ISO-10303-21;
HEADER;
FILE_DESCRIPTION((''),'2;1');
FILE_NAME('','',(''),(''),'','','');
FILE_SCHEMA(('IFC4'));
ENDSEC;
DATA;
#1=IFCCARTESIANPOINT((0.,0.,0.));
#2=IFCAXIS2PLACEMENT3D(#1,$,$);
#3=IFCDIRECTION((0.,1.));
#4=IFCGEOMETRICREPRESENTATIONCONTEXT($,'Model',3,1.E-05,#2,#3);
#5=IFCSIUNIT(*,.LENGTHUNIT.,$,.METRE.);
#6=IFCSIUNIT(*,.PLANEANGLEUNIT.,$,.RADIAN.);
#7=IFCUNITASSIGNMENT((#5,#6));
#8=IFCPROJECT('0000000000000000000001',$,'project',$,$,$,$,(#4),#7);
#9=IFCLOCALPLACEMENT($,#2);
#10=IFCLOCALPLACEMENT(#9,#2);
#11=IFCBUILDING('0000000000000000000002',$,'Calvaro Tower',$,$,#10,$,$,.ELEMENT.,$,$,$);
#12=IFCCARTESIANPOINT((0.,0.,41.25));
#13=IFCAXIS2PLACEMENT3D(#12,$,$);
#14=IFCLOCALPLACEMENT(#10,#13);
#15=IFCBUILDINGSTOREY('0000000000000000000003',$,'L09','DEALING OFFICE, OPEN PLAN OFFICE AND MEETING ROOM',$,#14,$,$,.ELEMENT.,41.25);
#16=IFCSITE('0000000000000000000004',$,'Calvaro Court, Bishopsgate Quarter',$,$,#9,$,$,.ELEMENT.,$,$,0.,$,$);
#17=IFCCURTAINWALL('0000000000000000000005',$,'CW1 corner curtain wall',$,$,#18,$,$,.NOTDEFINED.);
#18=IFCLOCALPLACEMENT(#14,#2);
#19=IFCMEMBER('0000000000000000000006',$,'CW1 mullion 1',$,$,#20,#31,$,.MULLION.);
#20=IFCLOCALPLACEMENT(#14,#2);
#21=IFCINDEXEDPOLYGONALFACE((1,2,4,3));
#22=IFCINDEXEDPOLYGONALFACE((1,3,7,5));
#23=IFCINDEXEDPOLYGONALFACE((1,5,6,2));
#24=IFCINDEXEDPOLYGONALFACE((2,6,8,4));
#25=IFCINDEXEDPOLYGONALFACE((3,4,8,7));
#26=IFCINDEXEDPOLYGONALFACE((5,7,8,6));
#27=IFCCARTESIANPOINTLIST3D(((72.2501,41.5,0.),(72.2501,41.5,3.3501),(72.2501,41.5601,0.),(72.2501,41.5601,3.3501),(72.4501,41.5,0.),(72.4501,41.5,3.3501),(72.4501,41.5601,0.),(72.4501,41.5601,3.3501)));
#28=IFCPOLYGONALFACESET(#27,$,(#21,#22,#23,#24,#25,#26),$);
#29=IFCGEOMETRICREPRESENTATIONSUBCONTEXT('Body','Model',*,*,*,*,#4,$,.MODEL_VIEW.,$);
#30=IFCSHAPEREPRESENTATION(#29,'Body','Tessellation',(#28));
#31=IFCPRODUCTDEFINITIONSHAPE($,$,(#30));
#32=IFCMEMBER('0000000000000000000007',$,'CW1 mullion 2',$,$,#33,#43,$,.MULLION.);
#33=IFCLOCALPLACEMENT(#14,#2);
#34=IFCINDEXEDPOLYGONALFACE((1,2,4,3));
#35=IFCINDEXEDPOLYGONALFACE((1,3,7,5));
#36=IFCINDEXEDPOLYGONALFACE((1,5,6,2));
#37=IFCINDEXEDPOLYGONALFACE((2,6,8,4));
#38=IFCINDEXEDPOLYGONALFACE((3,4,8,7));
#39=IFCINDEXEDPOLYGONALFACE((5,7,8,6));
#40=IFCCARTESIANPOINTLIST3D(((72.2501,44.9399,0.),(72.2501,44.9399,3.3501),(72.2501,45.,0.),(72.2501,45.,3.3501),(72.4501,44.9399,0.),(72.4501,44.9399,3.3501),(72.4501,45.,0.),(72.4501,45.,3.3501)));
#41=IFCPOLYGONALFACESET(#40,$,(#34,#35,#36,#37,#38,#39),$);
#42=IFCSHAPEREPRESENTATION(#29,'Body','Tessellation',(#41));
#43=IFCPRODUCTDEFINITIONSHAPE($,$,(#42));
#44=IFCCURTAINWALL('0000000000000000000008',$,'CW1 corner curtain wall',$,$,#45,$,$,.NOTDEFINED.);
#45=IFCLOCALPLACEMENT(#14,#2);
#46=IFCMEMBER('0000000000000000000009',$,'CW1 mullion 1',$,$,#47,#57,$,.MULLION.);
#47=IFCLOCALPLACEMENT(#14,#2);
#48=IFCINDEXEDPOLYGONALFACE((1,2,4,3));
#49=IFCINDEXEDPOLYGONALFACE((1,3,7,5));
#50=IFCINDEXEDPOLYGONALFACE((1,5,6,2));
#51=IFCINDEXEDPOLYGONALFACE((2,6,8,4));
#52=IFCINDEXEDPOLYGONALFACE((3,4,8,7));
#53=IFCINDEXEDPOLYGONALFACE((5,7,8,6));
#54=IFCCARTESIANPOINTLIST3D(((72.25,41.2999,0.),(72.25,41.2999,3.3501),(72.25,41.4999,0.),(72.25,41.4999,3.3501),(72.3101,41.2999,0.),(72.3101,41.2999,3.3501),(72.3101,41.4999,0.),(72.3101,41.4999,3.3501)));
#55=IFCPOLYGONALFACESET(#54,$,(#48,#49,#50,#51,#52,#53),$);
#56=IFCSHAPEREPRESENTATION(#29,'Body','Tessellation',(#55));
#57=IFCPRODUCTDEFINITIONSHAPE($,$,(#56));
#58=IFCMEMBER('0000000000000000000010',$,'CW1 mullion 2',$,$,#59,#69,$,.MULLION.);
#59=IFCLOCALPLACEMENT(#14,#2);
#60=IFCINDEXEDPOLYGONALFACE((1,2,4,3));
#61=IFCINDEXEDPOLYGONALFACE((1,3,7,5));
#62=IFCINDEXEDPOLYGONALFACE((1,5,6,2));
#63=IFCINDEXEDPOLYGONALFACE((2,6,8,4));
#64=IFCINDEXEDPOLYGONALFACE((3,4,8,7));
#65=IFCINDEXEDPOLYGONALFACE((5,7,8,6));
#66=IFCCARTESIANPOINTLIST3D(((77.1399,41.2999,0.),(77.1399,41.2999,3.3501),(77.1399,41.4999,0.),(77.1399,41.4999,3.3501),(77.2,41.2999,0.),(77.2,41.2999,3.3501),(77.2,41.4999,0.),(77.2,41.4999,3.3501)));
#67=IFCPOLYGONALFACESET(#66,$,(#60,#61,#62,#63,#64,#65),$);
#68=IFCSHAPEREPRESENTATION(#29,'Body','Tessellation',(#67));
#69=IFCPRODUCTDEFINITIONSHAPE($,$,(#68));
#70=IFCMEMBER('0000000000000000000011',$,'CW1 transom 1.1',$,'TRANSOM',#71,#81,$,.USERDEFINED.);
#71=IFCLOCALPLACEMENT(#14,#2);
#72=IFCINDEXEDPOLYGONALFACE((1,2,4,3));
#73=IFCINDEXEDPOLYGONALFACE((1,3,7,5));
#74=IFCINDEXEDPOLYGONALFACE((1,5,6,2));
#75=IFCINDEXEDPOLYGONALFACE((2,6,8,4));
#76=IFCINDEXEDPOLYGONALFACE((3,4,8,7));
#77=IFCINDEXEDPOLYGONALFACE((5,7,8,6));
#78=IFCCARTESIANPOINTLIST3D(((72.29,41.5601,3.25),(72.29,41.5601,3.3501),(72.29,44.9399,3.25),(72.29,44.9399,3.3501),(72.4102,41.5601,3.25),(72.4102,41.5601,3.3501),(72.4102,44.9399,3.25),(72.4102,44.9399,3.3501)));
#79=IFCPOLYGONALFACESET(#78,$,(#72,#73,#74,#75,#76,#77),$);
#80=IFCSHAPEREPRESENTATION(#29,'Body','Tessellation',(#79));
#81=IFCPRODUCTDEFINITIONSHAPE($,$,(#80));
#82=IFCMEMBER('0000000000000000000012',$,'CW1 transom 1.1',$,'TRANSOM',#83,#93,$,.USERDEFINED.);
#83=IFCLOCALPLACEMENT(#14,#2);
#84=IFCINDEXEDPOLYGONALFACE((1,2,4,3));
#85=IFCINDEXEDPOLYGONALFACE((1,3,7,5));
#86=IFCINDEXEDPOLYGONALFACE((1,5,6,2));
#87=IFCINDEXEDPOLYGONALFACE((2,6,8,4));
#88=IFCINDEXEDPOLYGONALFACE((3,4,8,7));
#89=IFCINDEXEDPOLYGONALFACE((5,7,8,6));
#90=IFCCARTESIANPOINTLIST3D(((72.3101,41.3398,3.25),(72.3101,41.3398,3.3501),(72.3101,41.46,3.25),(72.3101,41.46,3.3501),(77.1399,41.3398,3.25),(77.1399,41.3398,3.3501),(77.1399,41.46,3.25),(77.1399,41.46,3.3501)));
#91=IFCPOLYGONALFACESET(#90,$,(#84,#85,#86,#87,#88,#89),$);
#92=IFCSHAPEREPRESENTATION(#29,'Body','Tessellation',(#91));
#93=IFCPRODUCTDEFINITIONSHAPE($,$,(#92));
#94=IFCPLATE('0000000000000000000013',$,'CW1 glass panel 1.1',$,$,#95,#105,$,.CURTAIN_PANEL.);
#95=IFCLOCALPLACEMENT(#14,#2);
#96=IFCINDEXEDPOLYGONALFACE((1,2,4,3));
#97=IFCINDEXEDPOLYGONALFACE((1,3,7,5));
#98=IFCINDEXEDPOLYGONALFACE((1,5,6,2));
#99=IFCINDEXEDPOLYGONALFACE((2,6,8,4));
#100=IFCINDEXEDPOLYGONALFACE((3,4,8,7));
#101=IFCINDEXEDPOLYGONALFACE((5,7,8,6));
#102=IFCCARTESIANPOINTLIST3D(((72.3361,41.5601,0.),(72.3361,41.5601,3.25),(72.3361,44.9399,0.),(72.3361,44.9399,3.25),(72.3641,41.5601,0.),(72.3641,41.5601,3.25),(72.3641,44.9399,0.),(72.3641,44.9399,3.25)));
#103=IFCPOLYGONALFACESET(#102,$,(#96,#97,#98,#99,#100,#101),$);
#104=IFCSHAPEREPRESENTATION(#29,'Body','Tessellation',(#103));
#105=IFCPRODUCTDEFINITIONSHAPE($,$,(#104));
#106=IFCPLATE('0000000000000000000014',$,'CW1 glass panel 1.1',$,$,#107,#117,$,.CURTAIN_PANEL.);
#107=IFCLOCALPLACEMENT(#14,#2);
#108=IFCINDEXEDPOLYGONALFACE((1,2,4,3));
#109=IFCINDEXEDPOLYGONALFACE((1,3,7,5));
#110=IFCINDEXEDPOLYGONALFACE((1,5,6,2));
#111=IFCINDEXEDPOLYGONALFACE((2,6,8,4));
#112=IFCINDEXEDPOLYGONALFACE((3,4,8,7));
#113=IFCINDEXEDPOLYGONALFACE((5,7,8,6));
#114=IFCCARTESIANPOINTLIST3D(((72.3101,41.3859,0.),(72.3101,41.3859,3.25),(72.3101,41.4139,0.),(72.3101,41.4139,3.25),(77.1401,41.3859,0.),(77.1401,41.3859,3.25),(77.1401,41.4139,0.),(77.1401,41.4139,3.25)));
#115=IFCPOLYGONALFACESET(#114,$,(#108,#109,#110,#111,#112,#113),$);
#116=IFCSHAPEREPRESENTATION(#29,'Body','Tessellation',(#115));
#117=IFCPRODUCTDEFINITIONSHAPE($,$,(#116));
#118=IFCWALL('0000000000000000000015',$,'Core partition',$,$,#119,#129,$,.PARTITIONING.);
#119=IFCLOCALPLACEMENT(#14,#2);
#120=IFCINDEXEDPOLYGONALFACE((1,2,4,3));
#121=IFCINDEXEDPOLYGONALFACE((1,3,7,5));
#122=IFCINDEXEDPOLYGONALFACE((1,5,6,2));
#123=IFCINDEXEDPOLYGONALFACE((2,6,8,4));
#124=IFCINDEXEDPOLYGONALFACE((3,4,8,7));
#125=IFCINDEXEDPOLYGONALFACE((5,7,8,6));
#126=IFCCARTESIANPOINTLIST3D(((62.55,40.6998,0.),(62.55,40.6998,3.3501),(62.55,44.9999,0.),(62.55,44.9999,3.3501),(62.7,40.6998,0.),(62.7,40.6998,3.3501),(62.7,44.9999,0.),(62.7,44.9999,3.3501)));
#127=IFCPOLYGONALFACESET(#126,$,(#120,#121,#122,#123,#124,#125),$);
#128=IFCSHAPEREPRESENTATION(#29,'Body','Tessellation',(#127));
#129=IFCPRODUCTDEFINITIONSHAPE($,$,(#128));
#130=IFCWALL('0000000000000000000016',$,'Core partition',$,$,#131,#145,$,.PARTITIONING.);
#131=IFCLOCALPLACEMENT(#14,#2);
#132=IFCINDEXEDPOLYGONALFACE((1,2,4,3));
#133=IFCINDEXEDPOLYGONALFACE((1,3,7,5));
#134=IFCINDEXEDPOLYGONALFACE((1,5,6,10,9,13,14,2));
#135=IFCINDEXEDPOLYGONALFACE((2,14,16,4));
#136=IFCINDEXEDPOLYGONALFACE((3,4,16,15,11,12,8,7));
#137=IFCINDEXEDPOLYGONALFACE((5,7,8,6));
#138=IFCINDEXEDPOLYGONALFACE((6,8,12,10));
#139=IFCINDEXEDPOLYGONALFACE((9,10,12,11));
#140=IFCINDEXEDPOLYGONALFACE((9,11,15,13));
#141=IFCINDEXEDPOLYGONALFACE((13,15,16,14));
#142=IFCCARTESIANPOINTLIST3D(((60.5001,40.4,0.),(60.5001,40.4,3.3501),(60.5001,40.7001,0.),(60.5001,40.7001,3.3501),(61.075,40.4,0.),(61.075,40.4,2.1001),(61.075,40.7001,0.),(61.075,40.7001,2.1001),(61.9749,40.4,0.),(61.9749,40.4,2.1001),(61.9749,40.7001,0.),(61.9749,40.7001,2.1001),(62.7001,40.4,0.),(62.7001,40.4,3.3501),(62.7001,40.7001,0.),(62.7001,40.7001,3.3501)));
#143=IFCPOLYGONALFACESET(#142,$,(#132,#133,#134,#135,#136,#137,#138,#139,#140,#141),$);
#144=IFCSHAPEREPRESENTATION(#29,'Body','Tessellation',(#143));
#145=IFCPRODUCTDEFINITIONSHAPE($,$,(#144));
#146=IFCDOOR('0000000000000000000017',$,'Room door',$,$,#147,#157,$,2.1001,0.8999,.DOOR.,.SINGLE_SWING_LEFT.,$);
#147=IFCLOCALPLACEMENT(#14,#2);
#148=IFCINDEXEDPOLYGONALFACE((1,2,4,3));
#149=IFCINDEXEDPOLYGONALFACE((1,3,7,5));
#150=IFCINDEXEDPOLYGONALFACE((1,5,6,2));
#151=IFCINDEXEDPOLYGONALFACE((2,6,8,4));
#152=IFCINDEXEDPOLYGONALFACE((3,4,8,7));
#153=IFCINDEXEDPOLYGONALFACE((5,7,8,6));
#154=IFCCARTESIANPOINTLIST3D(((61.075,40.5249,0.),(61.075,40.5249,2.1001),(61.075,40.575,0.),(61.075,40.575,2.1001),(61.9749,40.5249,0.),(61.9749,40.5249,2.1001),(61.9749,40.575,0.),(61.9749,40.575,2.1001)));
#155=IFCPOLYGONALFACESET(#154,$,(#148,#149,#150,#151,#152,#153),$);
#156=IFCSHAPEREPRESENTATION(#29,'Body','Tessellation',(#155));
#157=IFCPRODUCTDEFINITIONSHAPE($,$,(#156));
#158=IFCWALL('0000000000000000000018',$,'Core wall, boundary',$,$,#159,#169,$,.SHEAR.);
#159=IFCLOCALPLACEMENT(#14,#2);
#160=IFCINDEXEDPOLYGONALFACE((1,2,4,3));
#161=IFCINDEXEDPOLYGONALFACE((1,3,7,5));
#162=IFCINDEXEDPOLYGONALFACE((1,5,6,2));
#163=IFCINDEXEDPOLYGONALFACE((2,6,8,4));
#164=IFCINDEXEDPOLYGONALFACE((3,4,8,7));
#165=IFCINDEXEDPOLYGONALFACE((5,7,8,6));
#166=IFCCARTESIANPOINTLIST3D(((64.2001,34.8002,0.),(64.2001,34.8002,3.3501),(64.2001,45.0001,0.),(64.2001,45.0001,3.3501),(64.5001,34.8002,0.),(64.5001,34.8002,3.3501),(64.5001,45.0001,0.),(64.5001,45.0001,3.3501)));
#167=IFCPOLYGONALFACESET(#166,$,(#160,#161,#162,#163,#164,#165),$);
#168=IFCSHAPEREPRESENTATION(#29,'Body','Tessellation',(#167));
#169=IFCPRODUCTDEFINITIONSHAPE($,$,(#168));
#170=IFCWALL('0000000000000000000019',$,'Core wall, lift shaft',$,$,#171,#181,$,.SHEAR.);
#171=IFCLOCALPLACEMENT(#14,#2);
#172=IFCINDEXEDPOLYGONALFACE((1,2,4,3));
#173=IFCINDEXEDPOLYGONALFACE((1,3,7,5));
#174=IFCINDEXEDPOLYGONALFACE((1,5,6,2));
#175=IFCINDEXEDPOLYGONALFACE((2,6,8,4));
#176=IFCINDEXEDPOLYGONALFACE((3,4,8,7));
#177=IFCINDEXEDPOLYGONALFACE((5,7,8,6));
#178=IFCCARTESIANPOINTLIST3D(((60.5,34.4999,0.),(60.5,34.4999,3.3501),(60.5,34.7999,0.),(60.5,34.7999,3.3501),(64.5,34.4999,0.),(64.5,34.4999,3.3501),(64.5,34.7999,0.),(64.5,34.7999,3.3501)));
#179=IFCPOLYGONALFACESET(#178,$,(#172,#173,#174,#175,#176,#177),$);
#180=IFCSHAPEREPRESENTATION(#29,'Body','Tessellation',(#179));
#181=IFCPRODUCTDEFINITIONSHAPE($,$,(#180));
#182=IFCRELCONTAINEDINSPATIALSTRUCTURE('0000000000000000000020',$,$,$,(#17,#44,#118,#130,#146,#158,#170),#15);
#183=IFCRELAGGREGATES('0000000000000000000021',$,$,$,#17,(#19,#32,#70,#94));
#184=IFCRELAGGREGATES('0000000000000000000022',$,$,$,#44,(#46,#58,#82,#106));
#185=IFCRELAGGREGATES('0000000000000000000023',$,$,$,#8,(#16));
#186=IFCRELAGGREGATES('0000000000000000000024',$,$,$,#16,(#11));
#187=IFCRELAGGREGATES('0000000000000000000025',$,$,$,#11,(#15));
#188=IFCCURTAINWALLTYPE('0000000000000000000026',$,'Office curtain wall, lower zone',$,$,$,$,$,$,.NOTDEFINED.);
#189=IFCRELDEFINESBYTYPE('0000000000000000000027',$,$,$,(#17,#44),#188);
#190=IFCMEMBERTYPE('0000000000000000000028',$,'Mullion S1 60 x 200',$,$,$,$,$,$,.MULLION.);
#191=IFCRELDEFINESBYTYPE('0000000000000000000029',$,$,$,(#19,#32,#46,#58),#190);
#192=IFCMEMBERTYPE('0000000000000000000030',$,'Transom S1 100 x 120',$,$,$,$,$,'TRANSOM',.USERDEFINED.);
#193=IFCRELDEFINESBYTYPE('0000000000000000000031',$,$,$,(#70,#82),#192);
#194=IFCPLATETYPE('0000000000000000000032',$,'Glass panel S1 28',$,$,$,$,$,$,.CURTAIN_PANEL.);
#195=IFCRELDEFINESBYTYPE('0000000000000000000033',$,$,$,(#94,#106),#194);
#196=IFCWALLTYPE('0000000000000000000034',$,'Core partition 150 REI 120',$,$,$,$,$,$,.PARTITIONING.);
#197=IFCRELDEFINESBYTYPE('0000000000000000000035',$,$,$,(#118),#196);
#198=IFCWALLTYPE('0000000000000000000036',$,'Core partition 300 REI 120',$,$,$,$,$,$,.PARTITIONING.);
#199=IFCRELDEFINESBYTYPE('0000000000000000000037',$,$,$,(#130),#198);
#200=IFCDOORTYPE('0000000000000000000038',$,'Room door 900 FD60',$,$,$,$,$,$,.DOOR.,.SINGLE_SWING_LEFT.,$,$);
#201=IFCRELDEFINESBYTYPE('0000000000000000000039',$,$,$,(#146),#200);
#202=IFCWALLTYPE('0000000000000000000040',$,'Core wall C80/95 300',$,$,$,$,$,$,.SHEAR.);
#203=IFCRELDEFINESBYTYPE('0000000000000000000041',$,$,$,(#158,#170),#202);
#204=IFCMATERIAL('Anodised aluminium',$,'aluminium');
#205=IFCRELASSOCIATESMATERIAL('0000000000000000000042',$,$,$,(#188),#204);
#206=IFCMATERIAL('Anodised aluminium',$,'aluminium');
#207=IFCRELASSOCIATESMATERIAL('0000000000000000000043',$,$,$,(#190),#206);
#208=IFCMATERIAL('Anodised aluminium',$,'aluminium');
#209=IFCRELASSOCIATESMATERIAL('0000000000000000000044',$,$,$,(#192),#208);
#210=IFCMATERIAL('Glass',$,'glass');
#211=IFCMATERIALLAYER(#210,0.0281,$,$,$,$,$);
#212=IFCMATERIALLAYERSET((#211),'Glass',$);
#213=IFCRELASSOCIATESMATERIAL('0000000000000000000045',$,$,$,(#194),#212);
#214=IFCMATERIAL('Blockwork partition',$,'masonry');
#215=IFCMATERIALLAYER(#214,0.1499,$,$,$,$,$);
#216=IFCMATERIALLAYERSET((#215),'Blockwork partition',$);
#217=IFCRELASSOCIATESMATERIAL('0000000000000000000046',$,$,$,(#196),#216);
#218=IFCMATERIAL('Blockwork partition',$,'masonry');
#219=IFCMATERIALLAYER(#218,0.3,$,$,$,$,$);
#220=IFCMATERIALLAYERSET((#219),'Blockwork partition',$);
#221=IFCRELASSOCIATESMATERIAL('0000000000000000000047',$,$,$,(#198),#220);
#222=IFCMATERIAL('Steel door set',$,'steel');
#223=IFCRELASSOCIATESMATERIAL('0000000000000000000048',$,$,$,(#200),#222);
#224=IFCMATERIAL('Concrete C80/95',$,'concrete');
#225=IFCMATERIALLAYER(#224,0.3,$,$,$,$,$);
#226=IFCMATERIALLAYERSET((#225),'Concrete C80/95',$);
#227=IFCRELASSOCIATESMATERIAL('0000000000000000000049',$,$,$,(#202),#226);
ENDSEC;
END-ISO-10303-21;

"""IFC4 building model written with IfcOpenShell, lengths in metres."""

from ifc_helpers import new_model, si_unit, direction, frame, frame_2d, origin, origin_2d, place, context, subcontext, project, spatial, rectangle, extrude, material, layer, layer_set, material_profile, profile_set, type_object, element, fill, aggregate, save


model = new_model("IFC4")

# Units and contexts
model_context = context("Model", 3, precision=1e-05, world=origin(), true_north=direction((0.0, 1.0)))
body_context = subcontext(model_context, "Body", "Model", "MODEL_VIEW")
ifc_project = project(units=[si_unit("LENGTHUNIT", "METRE"), si_unit("PLANEANGLEUNIT", "RADIAN")], contexts=[model_context])

# Site, building, storey
site_placement = place(None, origin())
site = spatial("IfcSite", under=ifc_project, at=site_placement, Name="Calvaro Court, Bishopsgate Quarter", CompositionType="ELEMENT", RefElevation=0.0)
building_placement = place(site_placement, origin())
building = spatial("IfcBuilding", under=site, at=building_placement, Name="Calvaro Tower", CompositionType="ELEMENT")
storey_placement = place(building_placement, frame((0.0, 0.0, 41.25)))
storey = spatial("IfcBuildingStorey", under=building, at=storey_placement, Name="L09", Description="DEALING OFFICE, OPEN PLAN OFFICE AND MEETING ROOM", CompositionType="ELEMENT", Elevation=41.25)

# Curtain walls, members
ifc_material_1 = material(Name="Anodised aluminium", Category="aluminium")
curtain_wall_type = type_object("IfcCurtainWallType", Name="Office curtain wall, lower zone", PredefinedType="NOTDEFINED", material=ifc_material_1)
curtain_wall_1_placement = place(storey_placement, origin())
curtain_wall_1 = element("IfcCurtainWall", 1, at=curtain_wall_1_placement, inside=storey, type_object=curtain_wall_type, Name="CW1 corner curtain wall", PredefinedType="NOTDEFINED")
ifc_material_2 = material(Name="Anodised aluminium", Category="aluminium")
ifc_material_profile_1 = material_profile(ifc_material_2, rectangle(XDim=0.2, YDim=0.0601, at=origin_2d()), Name="Mullion S1 60 x 200")
ifc_profile_set_1 = profile_set([ifc_material_profile_1], Name="Anodised aluminium")
member_type_1 = type_object("IfcMemberType", Name="Mullion S1 60 x 200", PredefinedType="MULLION", material=ifc_profile_set_1)
member_1_placement = place(storey_placement, frame((72.3501, 41.53, 0.0), z_axis=(0.0, 0.0, 1.0), x_axis=(-1.0, 0.0, 0.0)))
member_1 = element("IfcMember", 2, at=member_1_placement, type_object=member_type_1, Name="CW1 mullion 1", PredefinedType="MULLION", context=body_context, shape_type="SweptSolid", body=[
    extrude(rectangle(XDim=0.2, YDim=0.0601, at=origin_2d()), origin(), (0.0, 0.0, 1.0), 3.3501),
])
member_2_placement = place(storey_placement, frame((72.3501, 44.97, 0.0), z_axis=(0.0, 0.0, 1.0), x_axis=(-1.0, 0.0, 0.0)))
member_2 = element("IfcMember", 3, at=member_2_placement, type_object=member_type_1, Name="CW1 mullion 2", PredefinedType="MULLION", context=body_context, shape_type="SweptSolid", body=[
    extrude(rectangle(XDim=0.2, YDim=0.0601, at=origin_2d()), origin(), (0.0, 0.0, 1.0), 3.3501),
])
curtain_wall_2_placement = place(storey_placement, origin())
curtain_wall_2 = element("IfcCurtainWall", 4, at=curtain_wall_2_placement, inside=storey, type_object=curtain_wall_type, Name="CW1 corner curtain wall", PredefinedType="NOTDEFINED")
member_3_placement = place(storey_placement, frame((72.28, 41.3999, 0.0), z_axis=(0.0, 0.0, 1.0), x_axis=(0.0, 1.0, 0.0)))
member_3 = element("IfcMember", 5, at=member_3_placement, type_object=member_type_1, Name="CW1 mullion 1", PredefinedType="MULLION", context=body_context, shape_type="SweptSolid", body=[
    extrude(rectangle(XDim=0.2, YDim=0.0601, at=origin_2d()), origin(), (0.0, 0.0, 1.0), 3.3501),
])
member_4_placement = place(storey_placement, frame((77.1699, 41.3999, 0.0), z_axis=(0.0, 0.0, 1.0), x_axis=(0.0, 1.0, 0.0)))
member_4 = element("IfcMember", 6, at=member_4_placement, type_object=member_type_1, Name="CW1 mullion 2", PredefinedType="MULLION", context=body_context, shape_type="SweptSolid", body=[
    extrude(rectangle(XDim=0.2, YDim=0.0601, at=origin_2d()), origin(), (0.0, 0.0, 1.0), 3.3501),
])

# Members
ifc_material_3 = material(Name="Anodised aluminium", Category="aluminium")
ifc_material_profile_2 = material_profile(ifc_material_3, rectangle(XDim=0.1201, YDim=0.1001, at=origin_2d()), Name="Transom S1 100 x 120")
ifc_profile_set_2 = profile_set([ifc_material_profile_2], Name="Anodised aluminium")
member_type_2 = type_object("IfcMemberType", Name="Transom S1 100 x 120", ElementType="TRANSOM", PredefinedType="USERDEFINED", material=ifc_profile_set_2)
member_5_placement = place(storey_placement, frame((72.3501, 41.5601, 3.3), z_axis=(0.0, 1.0, 0.0), x_axis=(-1.0, 0.0, 0.0)))
member_5 = element("IfcMember", 7, at=member_5_placement, type_object=member_type_2, Name="CW1 transom 1.1", ObjectType="TRANSOM", PredefinedType="USERDEFINED", context=body_context, shape_type="SweptSolid", body=[
    extrude(rectangle(XDim=0.1201, YDim=0.1001, at=origin_2d()), origin(), (0.0, 0.0, 1.0), 3.3799),
])
member_6_placement = place(storey_placement, frame((72.3101, 41.3999, 3.3), z_axis=(1.0, 0.0, 0.0), x_axis=(0.0, 1.0, 0.0)))
member_6 = element("IfcMember", 8, at=member_6_placement, type_object=member_type_2, Name="CW1 transom 1.1", ObjectType="TRANSOM", PredefinedType="USERDEFINED", context=body_context, shape_type="SweptSolid", body=[
    extrude(rectangle(XDim=0.1201, YDim=0.1001, at=origin_2d()), origin(), (0.0, 0.0, 1.0), 4.8298),
])

# Plates
ifc_material_4 = material(Name="Glass", Category="glass")
ifc_layer_1 = layer(ifc_material_4, 0.0281)
ifc_layer_set_1 = layer_set([ifc_layer_1], Name="Glass")
plate_type = type_object("IfcPlateType", Name="Glass panel S1 28", PredefinedType="CURTAIN_PANEL", material=ifc_layer_set_1)
plate_1_placement = place(storey_placement, frame((72.3501, 43.25, 0.0), z_axis=(0.0, 0.0, 1.0), x_axis=(0.0, 1.0, 0.0)))
plate_1 = element("IfcPlate", 9, at=plate_1_placement, type_object=plate_type, Name="CW1 glass panel 1.1", PredefinedType="CURTAIN_PANEL", context=body_context, shape_type="SweptSolid", body=[
    extrude(rectangle(XDim=3.3799, YDim=0.0281, at=origin_2d()), origin(), (0.0, 0.0, 1.0), 3.25),
])
aggregate(curtain_wall_1, [member_1, member_2, member_5, plate_1])
plate_2_placement = place(storey_placement, frame((74.7251, 41.3999, 0.0), z_axis=(0.0, 0.0, 1.0), x_axis=(1.0, 0.0, 0.0)))
plate_2 = element("IfcPlate", 10, at=plate_2_placement, type_object=plate_type, Name="CW1 glass panel 1.1", PredefinedType="CURTAIN_PANEL", context=body_context, shape_type="SweptSolid", body=[
    extrude(rectangle(XDim=4.8301, YDim=0.0281, at=origin_2d()), origin(), (0.0, 0.0, 1.0), 3.25),
])
aggregate(curtain_wall_2, [member_3, member_4, member_6, plate_2])

# Wall
ifc_material_5 = material(Name="Blockwork partition", Category="masonry")
ifc_layer_2 = layer(ifc_material_5, 0.1499)
ifc_layer_set_2 = layer_set([ifc_layer_2], Name="Blockwork partition")
wall_type_1 = type_object("IfcWallType", Name="Core partition 150 REI 120", PredefinedType="PARTITIONING", material=ifc_layer_set_2)
wall_1_placement = place(storey_placement, frame((62.625, 40.7, 0.0), z_axis=(0.0, 0.0, 1.0), x_axis=(0.0, 1.0, 0.0)))
element("IfcWall", 11, at=wall_1_placement, inside=storey, type_object=wall_type_1, Name="Core partition", PredefinedType="PARTITIONING", context=body_context, shape_type="SweptSolid", body=[
    extrude(rectangle(XDim=4.3, YDim=0.1499, at=frame_2d((2.1499, 0.0))), origin(), (0.0, 0.0, 1.0), 3.3501),
])

# Wall, opening, door
ifc_material_6 = material(Name="Blockwork partition", Category="masonry")
ifc_layer_3 = layer(ifc_material_6, 0.3)
ifc_layer_set_3 = layer_set([ifc_layer_3], Name="Blockwork partition")
wall_type_2 = type_object("IfcWallType", Name="Core partition 300 REI 120", PredefinedType="PARTITIONING", material=ifc_layer_set_3)
wall_2_placement = place(storey_placement, frame((60.5, 40.55, 0.0), z_axis=(0.0, 0.0, 1.0), x_axis=(1.0, 0.0, 0.0)))
wall_2 = element("IfcWall", 12, at=wall_2_placement, inside=storey, type_object=wall_type_2, Name="Core partition", PredefinedType="PARTITIONING", context=body_context, shape_type="SweptSolid", body=[
    extrude(rectangle(XDim=2.2, YDim=0.3, at=frame_2d((1.1001, 0.0))), origin(), (0.0, 0.0, 1.0), 3.3501),
])
opening_1_placement = place(wall_2_placement, frame((0.575, 0.0, 0.0)))
opening_1 = element("IfcOpeningElement", 13, at=opening_1_placement, cuts=wall_2, PredefinedType="OPENING", context=body_context, shape_type="SweptSolid", body=[
    extrude(rectangle(XDim=0.8999, YDim=2.1001, at=frame_2d((0.45, 1.05))), frame((0.0, 0.1599, 0.0), z_axis=(0.0, -1.0, 0.0), x_axis=(1.0, 0.0, 0.0)), (0.0, 0.0, 1.0), 0.3201),
])
ifc_material_7 = material(Name="Steel door set", Category="steel")
door_type_1 = type_object("IfcDoorType", Name="Room door 900 FD60", OperationType="SINGLE_SWING_LEFT", PredefinedType="DOOR", material=ifc_material_7)
door_1_placement = place(opening_1_placement, origin())
door_1 = element("IfcDoor", 14, at=door_1_placement, inside=storey, type_object=door_type_1, Name="Room door", OperationType="SINGLE_SWING_LEFT", OverallHeight=2.1001, OverallWidth=0.8999, PredefinedType="DOOR", context=body_context, shape_type="SweptSolid", body=[
    extrude(rectangle(XDim=0.8999, YDim=2.1001, at=frame_2d((0.45, 1.05))), frame((0.0, 0.0249, 0.0), z_axis=(0.0, -1.0, 0.0), x_axis=(1.0, 0.0, 0.0)), (0.0, 0.0, 1.0), 0.05),
])
fill(opening_1, door_1)

# Walls
ifc_material_8 = material(Name="Concrete C80/95", Category="concrete")
ifc_layer_4 = layer(ifc_material_8, 0.3)
ifc_layer_set_4 = layer_set([ifc_layer_4], Name="Concrete C80/95")
wall_type_3 = type_object("IfcWallType", Name="Core wall C80/95 300", PredefinedType="SHEAR", material=ifc_layer_set_4)
wall_3_placement = place(storey_placement, frame((64.3501, 34.8, 0.0), z_axis=(0.0, 0.0, 1.0), x_axis=(0.0, 1.0, 0.0)))
element("IfcWall", 15, at=wall_3_placement, inside=storey, type_object=wall_type_3, Name="Core wall, boundary", PredefinedType="SHEAR", context=body_context, shape_type="SweptSolid", body=[
    extrude(rectangle(XDim=10.2, YDim=0.3, at=frame_2d((5.1001, 0.0))), origin(), (0.0, 0.0, 1.0), 3.3501),
])
wall_4_placement = place(storey_placement, frame((60.5, 34.6499, 0.0), z_axis=(0.0, 0.0, 1.0), x_axis=(1.0, 0.0, 0.0)))
element("IfcWall", 16, at=wall_4_placement, inside=storey, type_object=wall_type_3, Name="Core wall, lift shaft", PredefinedType="SHEAR", context=body_context, shape_type="SweptSolid", body=[
    extrude(rectangle(XDim=4.0, YDim=0.3, at=frame_2d((2.0, 0.0))), origin(), (0.0, 0.0, 1.0), 3.3501),
])

save(model, "model.ifc")
